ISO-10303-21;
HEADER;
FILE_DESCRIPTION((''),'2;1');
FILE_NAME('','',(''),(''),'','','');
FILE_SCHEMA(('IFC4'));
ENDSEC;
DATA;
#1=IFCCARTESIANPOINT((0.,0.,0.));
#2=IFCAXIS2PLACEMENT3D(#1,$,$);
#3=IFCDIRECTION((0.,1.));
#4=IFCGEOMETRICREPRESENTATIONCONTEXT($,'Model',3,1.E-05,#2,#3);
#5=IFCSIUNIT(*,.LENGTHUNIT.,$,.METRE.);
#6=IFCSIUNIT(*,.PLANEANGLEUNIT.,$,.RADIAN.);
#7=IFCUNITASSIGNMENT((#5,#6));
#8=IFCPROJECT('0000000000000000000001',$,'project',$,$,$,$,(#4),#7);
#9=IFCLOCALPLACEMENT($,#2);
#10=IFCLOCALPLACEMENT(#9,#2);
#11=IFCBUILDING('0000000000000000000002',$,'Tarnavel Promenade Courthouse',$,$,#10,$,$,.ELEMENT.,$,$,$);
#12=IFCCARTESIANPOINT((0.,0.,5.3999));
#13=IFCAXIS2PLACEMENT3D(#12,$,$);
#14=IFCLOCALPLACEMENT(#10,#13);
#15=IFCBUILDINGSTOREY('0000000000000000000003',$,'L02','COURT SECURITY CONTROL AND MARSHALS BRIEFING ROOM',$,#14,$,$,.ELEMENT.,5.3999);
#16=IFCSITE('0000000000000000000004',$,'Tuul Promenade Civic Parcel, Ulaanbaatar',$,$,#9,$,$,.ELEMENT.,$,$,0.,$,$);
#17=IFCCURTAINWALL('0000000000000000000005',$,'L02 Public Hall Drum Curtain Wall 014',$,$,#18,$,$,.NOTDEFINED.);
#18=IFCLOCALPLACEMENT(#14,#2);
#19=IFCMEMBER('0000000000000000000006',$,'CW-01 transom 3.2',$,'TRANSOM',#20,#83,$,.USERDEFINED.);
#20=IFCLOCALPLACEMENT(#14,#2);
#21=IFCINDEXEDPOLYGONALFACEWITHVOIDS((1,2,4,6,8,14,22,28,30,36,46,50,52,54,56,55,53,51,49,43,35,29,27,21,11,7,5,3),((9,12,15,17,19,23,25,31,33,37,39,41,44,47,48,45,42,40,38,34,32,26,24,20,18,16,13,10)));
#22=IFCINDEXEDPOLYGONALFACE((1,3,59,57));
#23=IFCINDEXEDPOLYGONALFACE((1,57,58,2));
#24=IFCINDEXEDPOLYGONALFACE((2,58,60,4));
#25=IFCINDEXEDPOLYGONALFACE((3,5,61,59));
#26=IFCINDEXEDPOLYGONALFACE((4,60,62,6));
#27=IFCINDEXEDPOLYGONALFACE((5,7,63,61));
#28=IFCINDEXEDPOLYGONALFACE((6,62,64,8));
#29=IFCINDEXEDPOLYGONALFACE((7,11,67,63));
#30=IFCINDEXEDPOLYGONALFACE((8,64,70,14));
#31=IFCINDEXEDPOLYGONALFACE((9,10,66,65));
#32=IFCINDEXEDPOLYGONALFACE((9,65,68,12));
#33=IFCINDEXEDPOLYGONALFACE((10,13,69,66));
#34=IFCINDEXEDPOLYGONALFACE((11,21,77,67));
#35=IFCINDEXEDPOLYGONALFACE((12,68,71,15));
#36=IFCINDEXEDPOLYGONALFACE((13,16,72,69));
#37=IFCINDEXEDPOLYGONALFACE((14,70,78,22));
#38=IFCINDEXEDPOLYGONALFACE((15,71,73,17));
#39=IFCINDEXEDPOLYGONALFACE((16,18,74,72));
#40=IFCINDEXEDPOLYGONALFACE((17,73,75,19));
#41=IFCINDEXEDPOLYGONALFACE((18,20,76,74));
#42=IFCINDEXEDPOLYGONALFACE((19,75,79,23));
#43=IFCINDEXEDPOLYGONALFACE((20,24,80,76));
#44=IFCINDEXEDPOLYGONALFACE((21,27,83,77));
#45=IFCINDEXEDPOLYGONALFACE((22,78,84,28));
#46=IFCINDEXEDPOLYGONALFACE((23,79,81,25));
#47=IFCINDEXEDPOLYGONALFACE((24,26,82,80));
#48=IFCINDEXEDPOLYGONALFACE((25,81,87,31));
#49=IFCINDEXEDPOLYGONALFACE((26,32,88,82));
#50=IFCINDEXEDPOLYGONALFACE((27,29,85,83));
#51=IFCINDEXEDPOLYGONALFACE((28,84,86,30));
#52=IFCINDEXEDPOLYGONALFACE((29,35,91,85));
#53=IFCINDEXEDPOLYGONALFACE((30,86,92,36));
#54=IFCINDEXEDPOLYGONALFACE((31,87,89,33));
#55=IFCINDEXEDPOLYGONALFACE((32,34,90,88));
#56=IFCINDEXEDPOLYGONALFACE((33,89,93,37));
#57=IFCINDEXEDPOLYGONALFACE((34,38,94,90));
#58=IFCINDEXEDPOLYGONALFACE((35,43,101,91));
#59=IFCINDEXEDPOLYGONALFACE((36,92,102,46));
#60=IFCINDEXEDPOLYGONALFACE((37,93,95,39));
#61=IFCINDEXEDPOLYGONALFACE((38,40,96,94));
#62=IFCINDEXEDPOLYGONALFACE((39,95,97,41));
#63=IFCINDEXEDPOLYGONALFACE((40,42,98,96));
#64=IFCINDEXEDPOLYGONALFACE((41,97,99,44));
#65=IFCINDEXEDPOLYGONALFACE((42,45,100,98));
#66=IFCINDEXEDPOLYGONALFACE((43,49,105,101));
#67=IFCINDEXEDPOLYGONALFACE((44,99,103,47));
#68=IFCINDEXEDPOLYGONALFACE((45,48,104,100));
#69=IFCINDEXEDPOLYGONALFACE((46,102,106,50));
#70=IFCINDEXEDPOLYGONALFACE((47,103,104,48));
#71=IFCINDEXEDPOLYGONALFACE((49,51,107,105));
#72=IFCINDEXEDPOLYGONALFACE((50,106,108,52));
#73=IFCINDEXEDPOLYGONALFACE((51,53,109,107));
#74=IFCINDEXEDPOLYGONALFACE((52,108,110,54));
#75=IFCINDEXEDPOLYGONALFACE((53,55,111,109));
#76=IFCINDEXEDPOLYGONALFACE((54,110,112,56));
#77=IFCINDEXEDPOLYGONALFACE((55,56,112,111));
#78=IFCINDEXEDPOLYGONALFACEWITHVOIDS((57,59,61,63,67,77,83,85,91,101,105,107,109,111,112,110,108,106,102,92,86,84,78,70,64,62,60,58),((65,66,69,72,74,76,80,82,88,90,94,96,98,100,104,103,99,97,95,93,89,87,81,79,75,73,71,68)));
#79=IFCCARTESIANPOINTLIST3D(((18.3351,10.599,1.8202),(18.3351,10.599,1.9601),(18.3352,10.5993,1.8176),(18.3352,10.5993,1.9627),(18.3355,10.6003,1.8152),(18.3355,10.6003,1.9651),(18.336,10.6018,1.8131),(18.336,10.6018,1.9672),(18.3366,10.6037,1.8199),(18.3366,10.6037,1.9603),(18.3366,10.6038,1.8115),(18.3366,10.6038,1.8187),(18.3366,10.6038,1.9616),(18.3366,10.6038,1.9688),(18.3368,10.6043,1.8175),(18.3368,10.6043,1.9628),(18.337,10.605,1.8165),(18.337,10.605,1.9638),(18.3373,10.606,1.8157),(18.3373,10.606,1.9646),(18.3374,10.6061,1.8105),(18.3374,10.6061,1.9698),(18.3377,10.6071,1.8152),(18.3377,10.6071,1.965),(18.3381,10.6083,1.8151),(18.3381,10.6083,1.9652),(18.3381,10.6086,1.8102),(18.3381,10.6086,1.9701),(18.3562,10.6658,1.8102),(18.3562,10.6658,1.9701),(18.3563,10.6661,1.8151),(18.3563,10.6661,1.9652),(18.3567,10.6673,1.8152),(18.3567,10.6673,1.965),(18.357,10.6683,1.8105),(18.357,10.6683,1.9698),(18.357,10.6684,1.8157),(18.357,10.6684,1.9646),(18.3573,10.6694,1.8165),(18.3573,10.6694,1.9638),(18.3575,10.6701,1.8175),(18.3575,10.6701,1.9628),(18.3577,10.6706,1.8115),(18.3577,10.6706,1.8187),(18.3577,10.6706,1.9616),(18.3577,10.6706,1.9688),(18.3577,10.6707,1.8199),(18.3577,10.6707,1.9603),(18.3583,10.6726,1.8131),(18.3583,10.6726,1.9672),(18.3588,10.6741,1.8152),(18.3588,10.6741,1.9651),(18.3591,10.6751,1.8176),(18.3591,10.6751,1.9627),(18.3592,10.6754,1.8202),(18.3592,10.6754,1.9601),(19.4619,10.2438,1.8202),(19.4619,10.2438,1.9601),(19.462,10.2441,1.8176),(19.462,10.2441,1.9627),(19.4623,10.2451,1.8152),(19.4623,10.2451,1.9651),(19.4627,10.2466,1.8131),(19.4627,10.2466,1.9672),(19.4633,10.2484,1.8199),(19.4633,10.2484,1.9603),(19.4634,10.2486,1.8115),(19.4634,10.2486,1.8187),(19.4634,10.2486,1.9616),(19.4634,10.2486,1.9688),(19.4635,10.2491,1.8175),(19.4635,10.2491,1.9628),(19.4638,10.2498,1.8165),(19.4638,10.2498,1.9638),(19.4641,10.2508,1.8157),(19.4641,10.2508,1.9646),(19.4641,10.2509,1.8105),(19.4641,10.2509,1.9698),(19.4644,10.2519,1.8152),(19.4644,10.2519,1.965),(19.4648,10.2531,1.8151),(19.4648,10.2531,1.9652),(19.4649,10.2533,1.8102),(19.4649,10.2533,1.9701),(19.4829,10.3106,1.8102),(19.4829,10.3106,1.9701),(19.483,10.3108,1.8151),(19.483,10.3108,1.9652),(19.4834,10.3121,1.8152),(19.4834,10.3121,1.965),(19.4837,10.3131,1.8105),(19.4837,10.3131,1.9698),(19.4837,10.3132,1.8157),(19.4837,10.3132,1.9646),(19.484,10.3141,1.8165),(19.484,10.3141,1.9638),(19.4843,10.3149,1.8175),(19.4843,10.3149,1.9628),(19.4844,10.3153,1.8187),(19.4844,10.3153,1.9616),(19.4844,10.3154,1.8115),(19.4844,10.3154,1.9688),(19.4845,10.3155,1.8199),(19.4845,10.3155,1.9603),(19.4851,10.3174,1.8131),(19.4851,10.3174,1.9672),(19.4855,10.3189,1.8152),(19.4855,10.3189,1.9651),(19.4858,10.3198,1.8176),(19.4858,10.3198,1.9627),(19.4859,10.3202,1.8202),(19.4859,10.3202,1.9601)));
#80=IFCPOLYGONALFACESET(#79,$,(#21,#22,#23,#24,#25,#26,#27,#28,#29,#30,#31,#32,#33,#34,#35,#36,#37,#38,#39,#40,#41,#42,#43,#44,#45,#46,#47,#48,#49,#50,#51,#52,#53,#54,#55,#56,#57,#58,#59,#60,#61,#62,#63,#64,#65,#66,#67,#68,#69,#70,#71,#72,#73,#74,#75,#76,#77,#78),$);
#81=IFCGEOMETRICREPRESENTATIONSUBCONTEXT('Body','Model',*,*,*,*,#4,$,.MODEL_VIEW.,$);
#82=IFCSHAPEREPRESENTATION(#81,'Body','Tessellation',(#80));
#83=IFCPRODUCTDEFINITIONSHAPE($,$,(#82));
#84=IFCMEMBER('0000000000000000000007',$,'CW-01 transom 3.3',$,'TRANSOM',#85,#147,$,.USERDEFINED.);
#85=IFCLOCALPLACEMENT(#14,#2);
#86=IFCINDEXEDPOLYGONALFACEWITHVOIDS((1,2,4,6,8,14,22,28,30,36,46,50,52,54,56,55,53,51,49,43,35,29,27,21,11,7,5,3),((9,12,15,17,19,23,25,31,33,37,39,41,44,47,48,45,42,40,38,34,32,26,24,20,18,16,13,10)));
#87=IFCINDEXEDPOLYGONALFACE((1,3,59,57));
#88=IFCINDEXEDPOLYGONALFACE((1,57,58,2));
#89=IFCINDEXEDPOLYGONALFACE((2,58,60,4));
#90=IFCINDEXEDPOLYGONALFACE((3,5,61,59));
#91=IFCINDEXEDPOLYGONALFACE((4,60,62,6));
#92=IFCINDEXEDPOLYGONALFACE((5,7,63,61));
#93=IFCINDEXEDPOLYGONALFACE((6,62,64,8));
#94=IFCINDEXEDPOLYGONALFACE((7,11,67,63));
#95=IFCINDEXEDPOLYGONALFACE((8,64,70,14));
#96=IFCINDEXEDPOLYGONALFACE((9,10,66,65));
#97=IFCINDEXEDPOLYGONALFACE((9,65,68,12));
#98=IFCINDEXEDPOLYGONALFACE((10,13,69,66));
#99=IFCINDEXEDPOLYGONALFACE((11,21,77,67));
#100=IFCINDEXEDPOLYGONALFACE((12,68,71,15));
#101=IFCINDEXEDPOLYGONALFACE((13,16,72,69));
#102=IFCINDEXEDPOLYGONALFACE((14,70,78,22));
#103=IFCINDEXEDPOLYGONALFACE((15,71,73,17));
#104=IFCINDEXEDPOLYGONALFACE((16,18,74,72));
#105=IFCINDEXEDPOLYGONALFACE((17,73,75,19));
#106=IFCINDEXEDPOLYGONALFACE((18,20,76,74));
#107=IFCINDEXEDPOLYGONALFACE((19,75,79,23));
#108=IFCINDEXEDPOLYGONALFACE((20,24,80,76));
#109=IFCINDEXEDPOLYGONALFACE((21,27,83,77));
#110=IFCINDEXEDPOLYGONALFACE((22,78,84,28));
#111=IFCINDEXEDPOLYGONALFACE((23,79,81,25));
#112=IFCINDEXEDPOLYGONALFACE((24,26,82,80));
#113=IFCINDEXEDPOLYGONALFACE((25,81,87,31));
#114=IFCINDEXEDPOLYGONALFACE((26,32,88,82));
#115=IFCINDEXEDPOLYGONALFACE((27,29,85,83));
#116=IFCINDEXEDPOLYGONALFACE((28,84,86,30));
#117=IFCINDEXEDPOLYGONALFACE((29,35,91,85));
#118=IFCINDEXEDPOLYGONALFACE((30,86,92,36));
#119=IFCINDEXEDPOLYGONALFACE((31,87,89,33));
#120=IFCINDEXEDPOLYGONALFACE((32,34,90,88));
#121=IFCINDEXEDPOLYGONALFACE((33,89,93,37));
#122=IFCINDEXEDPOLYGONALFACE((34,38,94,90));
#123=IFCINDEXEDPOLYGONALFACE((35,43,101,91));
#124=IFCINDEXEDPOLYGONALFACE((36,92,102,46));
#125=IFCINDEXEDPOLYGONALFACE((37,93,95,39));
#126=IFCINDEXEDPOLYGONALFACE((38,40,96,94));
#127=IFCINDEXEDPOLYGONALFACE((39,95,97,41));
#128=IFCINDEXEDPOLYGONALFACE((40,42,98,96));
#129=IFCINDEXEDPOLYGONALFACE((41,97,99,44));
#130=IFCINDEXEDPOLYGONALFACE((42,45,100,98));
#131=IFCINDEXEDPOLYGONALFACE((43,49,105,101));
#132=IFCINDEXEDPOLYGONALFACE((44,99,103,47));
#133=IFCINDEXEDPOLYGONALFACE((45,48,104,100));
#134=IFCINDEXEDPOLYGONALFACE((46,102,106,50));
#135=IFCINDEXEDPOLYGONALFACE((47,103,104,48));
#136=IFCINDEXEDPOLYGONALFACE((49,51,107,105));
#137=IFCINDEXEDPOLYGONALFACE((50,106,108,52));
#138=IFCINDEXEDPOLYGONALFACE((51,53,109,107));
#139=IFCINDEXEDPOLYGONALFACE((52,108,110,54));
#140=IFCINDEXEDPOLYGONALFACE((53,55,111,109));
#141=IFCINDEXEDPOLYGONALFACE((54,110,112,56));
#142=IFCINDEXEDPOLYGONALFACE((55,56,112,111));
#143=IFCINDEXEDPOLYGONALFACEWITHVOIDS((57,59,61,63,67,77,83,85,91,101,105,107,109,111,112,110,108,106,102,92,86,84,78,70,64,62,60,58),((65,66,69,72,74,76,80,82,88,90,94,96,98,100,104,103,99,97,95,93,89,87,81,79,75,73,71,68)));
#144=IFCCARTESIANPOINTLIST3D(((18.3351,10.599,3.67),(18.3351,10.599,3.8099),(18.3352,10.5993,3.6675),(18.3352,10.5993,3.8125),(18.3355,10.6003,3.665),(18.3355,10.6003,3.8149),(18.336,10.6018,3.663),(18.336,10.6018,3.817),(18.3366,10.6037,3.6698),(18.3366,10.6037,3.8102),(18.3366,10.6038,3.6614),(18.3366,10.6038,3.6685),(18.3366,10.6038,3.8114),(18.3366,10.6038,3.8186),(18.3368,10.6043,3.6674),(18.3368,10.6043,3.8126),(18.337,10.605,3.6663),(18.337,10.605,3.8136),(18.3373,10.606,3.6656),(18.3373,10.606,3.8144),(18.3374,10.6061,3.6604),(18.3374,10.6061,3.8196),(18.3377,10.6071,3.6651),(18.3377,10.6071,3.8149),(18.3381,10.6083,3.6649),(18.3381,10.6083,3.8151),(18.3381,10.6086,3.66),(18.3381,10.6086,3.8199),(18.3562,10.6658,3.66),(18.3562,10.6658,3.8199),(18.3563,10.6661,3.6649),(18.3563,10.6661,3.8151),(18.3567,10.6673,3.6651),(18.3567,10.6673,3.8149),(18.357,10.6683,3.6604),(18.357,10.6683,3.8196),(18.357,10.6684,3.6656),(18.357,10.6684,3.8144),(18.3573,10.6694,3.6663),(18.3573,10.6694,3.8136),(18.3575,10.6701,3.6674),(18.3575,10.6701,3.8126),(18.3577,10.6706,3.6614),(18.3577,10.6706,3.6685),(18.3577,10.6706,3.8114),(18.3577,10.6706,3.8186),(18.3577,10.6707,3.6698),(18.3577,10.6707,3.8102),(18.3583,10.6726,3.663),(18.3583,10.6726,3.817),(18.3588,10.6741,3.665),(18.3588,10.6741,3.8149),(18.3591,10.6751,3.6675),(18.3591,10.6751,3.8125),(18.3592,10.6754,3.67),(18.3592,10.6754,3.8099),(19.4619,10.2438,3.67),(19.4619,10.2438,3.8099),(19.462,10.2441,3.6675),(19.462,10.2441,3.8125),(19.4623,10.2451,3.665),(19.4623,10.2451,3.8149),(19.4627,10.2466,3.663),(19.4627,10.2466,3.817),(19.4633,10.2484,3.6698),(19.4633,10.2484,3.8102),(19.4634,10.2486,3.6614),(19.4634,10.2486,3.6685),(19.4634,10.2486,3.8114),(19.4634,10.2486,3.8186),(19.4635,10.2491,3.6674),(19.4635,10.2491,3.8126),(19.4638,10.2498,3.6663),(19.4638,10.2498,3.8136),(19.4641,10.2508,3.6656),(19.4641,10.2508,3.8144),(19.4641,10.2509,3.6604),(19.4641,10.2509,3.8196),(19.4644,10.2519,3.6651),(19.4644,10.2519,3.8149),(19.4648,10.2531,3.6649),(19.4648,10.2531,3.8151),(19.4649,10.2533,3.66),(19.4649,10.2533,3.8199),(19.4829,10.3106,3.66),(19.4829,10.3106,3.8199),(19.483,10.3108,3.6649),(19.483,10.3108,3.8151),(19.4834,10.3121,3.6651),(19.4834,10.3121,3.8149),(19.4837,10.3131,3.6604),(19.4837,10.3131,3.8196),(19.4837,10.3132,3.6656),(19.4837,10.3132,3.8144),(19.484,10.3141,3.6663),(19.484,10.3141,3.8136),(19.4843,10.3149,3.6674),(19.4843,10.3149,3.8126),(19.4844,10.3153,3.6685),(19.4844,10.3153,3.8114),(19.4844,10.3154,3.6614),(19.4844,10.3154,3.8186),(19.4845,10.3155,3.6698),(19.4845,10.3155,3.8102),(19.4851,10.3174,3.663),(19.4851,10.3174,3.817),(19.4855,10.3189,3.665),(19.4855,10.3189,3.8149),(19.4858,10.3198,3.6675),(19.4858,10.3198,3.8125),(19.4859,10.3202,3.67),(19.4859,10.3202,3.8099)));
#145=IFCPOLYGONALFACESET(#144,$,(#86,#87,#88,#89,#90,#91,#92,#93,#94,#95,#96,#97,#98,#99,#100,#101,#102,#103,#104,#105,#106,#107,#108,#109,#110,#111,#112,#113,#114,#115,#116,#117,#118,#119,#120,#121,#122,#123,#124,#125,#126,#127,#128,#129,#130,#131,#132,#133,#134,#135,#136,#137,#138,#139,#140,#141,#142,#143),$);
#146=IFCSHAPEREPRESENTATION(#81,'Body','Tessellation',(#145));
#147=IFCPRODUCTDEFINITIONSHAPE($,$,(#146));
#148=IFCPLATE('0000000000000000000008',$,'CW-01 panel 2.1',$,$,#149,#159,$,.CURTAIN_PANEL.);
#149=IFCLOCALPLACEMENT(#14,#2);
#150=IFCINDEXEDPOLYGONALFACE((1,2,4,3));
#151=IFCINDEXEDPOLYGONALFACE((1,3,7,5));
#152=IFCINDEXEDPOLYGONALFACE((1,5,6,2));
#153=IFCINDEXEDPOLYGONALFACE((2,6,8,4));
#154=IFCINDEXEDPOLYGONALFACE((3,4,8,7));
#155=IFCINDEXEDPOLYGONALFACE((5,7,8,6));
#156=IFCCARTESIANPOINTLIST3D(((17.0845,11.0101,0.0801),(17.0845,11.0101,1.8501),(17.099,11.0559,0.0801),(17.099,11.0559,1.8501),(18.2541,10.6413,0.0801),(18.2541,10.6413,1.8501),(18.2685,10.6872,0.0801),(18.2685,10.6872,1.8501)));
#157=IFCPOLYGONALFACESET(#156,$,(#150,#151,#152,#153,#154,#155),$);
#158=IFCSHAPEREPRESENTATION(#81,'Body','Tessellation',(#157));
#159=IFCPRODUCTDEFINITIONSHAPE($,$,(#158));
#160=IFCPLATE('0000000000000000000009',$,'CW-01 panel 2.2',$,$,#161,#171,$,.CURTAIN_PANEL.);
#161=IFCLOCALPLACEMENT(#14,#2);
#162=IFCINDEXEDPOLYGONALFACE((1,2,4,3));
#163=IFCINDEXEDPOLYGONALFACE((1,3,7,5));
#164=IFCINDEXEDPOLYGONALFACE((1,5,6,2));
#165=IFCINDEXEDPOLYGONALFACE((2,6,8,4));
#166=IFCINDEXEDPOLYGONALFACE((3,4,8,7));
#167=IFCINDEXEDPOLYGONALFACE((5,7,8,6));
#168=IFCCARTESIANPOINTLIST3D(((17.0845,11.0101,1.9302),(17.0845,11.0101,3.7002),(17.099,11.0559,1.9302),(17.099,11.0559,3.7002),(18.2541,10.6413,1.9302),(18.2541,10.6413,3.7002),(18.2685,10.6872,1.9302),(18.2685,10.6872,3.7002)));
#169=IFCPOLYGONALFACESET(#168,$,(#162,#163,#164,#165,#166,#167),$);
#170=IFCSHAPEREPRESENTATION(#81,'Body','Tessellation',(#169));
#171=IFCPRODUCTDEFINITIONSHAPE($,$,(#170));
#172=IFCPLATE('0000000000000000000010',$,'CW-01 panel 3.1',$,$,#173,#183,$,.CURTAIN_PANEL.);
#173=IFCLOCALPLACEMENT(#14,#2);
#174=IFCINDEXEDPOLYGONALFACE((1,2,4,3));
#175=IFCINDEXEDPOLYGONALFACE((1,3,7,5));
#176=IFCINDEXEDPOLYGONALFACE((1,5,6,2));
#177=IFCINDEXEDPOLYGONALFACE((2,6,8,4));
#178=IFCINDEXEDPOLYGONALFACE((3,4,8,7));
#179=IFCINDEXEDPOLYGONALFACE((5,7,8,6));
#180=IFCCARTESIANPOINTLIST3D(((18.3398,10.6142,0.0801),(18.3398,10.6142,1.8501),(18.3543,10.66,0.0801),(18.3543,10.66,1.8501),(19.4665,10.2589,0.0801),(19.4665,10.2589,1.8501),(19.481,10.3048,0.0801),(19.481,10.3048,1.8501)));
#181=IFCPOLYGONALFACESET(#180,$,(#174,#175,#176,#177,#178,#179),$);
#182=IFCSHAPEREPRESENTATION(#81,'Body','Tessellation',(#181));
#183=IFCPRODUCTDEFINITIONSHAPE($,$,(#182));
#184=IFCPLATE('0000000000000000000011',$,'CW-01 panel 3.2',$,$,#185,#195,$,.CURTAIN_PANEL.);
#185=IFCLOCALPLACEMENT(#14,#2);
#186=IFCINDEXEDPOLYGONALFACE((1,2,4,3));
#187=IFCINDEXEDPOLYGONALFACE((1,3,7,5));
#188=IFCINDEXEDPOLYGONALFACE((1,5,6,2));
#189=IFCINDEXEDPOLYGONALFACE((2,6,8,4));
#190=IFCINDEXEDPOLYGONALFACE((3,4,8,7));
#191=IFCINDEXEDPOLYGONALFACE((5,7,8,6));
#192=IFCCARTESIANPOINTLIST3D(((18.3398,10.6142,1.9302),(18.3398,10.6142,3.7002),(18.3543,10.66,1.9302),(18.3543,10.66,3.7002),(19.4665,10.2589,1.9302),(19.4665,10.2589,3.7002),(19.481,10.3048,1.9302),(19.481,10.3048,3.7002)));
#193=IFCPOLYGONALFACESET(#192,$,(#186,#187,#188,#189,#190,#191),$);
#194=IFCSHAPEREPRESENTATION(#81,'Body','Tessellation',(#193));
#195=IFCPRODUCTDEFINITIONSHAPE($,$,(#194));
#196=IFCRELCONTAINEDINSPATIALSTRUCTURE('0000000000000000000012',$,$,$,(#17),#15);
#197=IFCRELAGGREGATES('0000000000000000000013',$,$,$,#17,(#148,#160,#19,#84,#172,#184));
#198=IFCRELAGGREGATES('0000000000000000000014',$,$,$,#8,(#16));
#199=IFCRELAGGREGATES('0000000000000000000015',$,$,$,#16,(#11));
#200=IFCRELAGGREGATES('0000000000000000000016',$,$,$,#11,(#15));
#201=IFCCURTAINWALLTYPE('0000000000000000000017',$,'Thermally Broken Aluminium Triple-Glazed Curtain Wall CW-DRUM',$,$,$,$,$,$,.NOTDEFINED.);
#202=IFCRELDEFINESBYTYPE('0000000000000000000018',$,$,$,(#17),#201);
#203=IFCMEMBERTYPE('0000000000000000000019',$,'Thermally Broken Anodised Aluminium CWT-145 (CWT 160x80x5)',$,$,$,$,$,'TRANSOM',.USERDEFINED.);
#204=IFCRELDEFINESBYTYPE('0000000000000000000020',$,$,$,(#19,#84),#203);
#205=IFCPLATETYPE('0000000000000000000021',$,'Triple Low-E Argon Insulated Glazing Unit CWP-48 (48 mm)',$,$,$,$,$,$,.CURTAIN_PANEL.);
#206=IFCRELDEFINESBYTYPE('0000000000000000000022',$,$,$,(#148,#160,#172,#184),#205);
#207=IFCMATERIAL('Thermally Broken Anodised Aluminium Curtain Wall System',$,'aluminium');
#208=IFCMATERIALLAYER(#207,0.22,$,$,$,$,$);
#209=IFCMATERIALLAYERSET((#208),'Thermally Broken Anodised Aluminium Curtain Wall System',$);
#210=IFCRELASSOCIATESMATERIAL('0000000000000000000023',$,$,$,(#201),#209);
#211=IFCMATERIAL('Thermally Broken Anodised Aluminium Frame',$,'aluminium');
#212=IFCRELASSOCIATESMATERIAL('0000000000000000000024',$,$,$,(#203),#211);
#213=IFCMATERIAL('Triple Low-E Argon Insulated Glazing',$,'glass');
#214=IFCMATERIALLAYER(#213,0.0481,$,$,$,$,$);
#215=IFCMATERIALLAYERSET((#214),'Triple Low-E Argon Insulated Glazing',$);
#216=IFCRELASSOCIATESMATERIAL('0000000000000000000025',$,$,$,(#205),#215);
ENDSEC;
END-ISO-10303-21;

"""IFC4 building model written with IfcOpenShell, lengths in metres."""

from ifc_helpers import new_model, si_unit, direction, frame, origin, origin_2d, place, context, subcontext, project, spatial, rectangle, hollow_rectangle, extrude, material, layer, layer_set, material_profile, profile_set, type_object, element, aggregate, save


model = new_model("IFC4")

# Units and contexts
model_context = context("Model", 3, precision=1e-05, world=origin(), true_north=direction((0.0, 1.0)))
body_context = subcontext(model_context, "Body", "Model", "MODEL_VIEW")
ifc_project = project(units=[si_unit("LENGTHUNIT", "METRE"), si_unit("PLANEANGLEUNIT", "RADIAN")], contexts=[model_context])

# Site, building, storey
site_placement = place(None, origin())
site = spatial("IfcSite", under=ifc_project, at=site_placement, Name="Tuul Promenade Civic Parcel, Ulaanbaatar", CompositionType="ELEMENT", RefElevation=0.0)
building_placement = place(site_placement, origin())
building = spatial("IfcBuilding", under=site, at=building_placement, Name="Tarnavel Promenade Courthouse", CompositionType="ELEMENT")
storey_placement = place(building_placement, frame((0.0, 0.0, 5.3999)))
storey = spatial("IfcBuildingStorey", under=building, at=storey_placement, Name="L02", Description="COURT SECURITY CONTROL AND MARSHALS BRIEFING ROOM", CompositionType="ELEMENT", Elevation=5.3999)

# Curtain wall, members, plates
ifc_material_1 = material(Name="Thermally Broken Anodised Aluminium Curtain Wall System", Category="aluminium")
ifc_layer_1 = layer(ifc_material_1, 0.22)
ifc_layer_set_1 = layer_set([ifc_layer_1], Name="Thermally Broken Anodised Aluminium Curtain Wall System")
curtain_wall_type = type_object("IfcCurtainWallType", Name="Thermally Broken Aluminium Triple-Glazed Curtain Wall CW-DRUM", PredefinedType="NOTDEFINED", material=ifc_layer_set_1)
curtain_wall_placement = place(storey_placement, origin())
curtain_wall = element("IfcCurtainWall", 1, at=curtain_wall_placement, inside=storey, type_object=curtain_wall_type, Name="L02 Public Hall Drum Curtain Wall 014", PredefinedType="NOTDEFINED")
ifc_material_2 = material(Name="Thermally Broken Anodised Aluminium Frame", Category="aluminium")
ifc_material_profile_1 = material_profile(ifc_material_2, hollow_rectangle(XDim=0.0801, YDim=0.1599, WallThickness=0.0049, InnerFilletRadius=0.0049, OuterFilletRadius=0.01, at=origin_2d()), Name="CWT 160x80x5")
ifc_profile_set_1 = profile_set([ifc_material_profile_1], Name="Thermally Broken Anodised Aluminium Frame")
member_type_1 = type_object("IfcMemberType", Name="Thermally Broken Anodised Aluminium CWT-145 (CWT 160x80x5)", ElementType="TRANSOM", PredefinedType="USERDEFINED", material=ifc_profile_set_1)
member_1_placement = place(storey_placement, frame((18.3472, 10.6372, 1.8901), z_axis=(0.953723, -0.300686, 0.0), x_axis=(0.300686, 0.953723, 0.0)))
member_1 = element("IfcMember", 2, at=member_1_placement, type_object=member_type_1, Name="CW-01 transom 3.2", ObjectType="TRANSOM", PredefinedType="USERDEFINED", context=body_context, shape_type="SweptSolid", body=[
    extrude(hollow_rectangle(XDim=0.0801, YDim=0.1599, WallThickness=0.0049, InnerFilletRadius=0.0049, OuterFilletRadius=0.01, at=origin_2d()), origin(), (0.0, 0.0, 1.0), 1.1814),
])
member_2_placement = place(storey_placement, frame((18.3472, 10.6372, 3.74), z_axis=(0.953723, -0.300686, 0.0), x_axis=(0.300686, 0.953723, 0.0)))
member_2 = element("IfcMember", 3, at=member_2_placement, type_object=member_type_1, Name="CW-01 transom 3.3", ObjectType="TRANSOM", PredefinedType="USERDEFINED", context=body_context, shape_type="SweptSolid", body=[
    extrude(hollow_rectangle(XDim=0.0801, YDim=0.1599, WallThickness=0.0049, InnerFilletRadius=0.0049, OuterFilletRadius=0.01, at=origin_2d()), origin(), (0.0, 0.0, 1.0), 1.1814),
])
ifc_material_3 = material(Name="Triple Low-E Argon Insulated Glazing", Category="glass")
ifc_layer_2 = layer(ifc_material_3, 0.0481)
ifc_layer_set_2 = layer_set([ifc_layer_2], Name="Triple Low-E Argon Insulated Glazing")
plate_type = type_object("IfcPlateType", Name="Triple Low-E Argon Insulated Glazing Unit CWP-48 (48 mm)", PredefinedType="CURTAIN_PANEL", material=ifc_layer_set_2)
plate_1_placement = place(storey_placement, frame((17.6765, 10.8486, 0.0801), z_axis=(0.0, 0.0, 1.0), x_axis=(0.953717, -0.300705, 0.0)))
plate_1 = element("IfcPlate", 4, at=plate_1_placement, type_object=plate_type, Name="CW-01 panel 2.1", PredefinedType="CURTAIN_PANEL", context=body_context, shape_type="SweptSolid", body=[
    extrude(rectangle(XDim=1.2263, YDim=0.0481, at=origin_2d()), origin(), (0.0, 0.0, 1.0), 1.77),
])
plate_2_placement = place(storey_placement, frame((17.6765, 10.8486, 1.9302), z_axis=(0.0, 0.0, 1.0), x_axis=(0.953717, -0.300705, 0.0)))
plate_2 = element("IfcPlate", 5, at=plate_2_placement, type_object=plate_type, Name="CW-01 panel 2.2", PredefinedType="CURTAIN_PANEL", context=body_context, shape_type="SweptSolid", body=[
    extrude(rectangle(XDim=1.2263, YDim=0.0481, at=origin_2d()), origin(), (0.0, 0.0, 1.0), 1.77),
])
plate_3_placement = place(storey_placement, frame((18.9104, 10.4595, 0.0801), z_axis=(0.0, 0.0, 1.0), x_axis=(0.953717, -0.300705, 0.0)))
plate_3 = element("IfcPlate", 6, at=plate_3_placement, type_object=plate_type, Name="CW-01 panel 3.1", PredefinedType="CURTAIN_PANEL", context=body_context, shape_type="SweptSolid", body=[
    extrude(rectangle(XDim=1.1814, YDim=0.0481, at=origin_2d()), origin(), (0.0, 0.0, 1.0), 1.77),
])
plate_4_placement = place(storey_placement, frame((18.9104, 10.4595, 1.9302), z_axis=(0.0, 0.0, 1.0), x_axis=(0.953717, -0.300705, 0.0)))
plate_4 = element("IfcPlate", 7, at=plate_4_placement, type_object=plate_type, Name="CW-01 panel 3.2", PredefinedType="CURTAIN_PANEL", context=body_context, shape_type="SweptSolid", body=[
    extrude(rectangle(XDim=1.1814, YDim=0.0481, at=origin_2d()), origin(), (0.0, 0.0, 1.0), 1.77),
])
aggregate(curtain_wall, [plate_1, plate_2, member_1, member_2, plate_3, plate_4])

save(model, "model.ifc")
